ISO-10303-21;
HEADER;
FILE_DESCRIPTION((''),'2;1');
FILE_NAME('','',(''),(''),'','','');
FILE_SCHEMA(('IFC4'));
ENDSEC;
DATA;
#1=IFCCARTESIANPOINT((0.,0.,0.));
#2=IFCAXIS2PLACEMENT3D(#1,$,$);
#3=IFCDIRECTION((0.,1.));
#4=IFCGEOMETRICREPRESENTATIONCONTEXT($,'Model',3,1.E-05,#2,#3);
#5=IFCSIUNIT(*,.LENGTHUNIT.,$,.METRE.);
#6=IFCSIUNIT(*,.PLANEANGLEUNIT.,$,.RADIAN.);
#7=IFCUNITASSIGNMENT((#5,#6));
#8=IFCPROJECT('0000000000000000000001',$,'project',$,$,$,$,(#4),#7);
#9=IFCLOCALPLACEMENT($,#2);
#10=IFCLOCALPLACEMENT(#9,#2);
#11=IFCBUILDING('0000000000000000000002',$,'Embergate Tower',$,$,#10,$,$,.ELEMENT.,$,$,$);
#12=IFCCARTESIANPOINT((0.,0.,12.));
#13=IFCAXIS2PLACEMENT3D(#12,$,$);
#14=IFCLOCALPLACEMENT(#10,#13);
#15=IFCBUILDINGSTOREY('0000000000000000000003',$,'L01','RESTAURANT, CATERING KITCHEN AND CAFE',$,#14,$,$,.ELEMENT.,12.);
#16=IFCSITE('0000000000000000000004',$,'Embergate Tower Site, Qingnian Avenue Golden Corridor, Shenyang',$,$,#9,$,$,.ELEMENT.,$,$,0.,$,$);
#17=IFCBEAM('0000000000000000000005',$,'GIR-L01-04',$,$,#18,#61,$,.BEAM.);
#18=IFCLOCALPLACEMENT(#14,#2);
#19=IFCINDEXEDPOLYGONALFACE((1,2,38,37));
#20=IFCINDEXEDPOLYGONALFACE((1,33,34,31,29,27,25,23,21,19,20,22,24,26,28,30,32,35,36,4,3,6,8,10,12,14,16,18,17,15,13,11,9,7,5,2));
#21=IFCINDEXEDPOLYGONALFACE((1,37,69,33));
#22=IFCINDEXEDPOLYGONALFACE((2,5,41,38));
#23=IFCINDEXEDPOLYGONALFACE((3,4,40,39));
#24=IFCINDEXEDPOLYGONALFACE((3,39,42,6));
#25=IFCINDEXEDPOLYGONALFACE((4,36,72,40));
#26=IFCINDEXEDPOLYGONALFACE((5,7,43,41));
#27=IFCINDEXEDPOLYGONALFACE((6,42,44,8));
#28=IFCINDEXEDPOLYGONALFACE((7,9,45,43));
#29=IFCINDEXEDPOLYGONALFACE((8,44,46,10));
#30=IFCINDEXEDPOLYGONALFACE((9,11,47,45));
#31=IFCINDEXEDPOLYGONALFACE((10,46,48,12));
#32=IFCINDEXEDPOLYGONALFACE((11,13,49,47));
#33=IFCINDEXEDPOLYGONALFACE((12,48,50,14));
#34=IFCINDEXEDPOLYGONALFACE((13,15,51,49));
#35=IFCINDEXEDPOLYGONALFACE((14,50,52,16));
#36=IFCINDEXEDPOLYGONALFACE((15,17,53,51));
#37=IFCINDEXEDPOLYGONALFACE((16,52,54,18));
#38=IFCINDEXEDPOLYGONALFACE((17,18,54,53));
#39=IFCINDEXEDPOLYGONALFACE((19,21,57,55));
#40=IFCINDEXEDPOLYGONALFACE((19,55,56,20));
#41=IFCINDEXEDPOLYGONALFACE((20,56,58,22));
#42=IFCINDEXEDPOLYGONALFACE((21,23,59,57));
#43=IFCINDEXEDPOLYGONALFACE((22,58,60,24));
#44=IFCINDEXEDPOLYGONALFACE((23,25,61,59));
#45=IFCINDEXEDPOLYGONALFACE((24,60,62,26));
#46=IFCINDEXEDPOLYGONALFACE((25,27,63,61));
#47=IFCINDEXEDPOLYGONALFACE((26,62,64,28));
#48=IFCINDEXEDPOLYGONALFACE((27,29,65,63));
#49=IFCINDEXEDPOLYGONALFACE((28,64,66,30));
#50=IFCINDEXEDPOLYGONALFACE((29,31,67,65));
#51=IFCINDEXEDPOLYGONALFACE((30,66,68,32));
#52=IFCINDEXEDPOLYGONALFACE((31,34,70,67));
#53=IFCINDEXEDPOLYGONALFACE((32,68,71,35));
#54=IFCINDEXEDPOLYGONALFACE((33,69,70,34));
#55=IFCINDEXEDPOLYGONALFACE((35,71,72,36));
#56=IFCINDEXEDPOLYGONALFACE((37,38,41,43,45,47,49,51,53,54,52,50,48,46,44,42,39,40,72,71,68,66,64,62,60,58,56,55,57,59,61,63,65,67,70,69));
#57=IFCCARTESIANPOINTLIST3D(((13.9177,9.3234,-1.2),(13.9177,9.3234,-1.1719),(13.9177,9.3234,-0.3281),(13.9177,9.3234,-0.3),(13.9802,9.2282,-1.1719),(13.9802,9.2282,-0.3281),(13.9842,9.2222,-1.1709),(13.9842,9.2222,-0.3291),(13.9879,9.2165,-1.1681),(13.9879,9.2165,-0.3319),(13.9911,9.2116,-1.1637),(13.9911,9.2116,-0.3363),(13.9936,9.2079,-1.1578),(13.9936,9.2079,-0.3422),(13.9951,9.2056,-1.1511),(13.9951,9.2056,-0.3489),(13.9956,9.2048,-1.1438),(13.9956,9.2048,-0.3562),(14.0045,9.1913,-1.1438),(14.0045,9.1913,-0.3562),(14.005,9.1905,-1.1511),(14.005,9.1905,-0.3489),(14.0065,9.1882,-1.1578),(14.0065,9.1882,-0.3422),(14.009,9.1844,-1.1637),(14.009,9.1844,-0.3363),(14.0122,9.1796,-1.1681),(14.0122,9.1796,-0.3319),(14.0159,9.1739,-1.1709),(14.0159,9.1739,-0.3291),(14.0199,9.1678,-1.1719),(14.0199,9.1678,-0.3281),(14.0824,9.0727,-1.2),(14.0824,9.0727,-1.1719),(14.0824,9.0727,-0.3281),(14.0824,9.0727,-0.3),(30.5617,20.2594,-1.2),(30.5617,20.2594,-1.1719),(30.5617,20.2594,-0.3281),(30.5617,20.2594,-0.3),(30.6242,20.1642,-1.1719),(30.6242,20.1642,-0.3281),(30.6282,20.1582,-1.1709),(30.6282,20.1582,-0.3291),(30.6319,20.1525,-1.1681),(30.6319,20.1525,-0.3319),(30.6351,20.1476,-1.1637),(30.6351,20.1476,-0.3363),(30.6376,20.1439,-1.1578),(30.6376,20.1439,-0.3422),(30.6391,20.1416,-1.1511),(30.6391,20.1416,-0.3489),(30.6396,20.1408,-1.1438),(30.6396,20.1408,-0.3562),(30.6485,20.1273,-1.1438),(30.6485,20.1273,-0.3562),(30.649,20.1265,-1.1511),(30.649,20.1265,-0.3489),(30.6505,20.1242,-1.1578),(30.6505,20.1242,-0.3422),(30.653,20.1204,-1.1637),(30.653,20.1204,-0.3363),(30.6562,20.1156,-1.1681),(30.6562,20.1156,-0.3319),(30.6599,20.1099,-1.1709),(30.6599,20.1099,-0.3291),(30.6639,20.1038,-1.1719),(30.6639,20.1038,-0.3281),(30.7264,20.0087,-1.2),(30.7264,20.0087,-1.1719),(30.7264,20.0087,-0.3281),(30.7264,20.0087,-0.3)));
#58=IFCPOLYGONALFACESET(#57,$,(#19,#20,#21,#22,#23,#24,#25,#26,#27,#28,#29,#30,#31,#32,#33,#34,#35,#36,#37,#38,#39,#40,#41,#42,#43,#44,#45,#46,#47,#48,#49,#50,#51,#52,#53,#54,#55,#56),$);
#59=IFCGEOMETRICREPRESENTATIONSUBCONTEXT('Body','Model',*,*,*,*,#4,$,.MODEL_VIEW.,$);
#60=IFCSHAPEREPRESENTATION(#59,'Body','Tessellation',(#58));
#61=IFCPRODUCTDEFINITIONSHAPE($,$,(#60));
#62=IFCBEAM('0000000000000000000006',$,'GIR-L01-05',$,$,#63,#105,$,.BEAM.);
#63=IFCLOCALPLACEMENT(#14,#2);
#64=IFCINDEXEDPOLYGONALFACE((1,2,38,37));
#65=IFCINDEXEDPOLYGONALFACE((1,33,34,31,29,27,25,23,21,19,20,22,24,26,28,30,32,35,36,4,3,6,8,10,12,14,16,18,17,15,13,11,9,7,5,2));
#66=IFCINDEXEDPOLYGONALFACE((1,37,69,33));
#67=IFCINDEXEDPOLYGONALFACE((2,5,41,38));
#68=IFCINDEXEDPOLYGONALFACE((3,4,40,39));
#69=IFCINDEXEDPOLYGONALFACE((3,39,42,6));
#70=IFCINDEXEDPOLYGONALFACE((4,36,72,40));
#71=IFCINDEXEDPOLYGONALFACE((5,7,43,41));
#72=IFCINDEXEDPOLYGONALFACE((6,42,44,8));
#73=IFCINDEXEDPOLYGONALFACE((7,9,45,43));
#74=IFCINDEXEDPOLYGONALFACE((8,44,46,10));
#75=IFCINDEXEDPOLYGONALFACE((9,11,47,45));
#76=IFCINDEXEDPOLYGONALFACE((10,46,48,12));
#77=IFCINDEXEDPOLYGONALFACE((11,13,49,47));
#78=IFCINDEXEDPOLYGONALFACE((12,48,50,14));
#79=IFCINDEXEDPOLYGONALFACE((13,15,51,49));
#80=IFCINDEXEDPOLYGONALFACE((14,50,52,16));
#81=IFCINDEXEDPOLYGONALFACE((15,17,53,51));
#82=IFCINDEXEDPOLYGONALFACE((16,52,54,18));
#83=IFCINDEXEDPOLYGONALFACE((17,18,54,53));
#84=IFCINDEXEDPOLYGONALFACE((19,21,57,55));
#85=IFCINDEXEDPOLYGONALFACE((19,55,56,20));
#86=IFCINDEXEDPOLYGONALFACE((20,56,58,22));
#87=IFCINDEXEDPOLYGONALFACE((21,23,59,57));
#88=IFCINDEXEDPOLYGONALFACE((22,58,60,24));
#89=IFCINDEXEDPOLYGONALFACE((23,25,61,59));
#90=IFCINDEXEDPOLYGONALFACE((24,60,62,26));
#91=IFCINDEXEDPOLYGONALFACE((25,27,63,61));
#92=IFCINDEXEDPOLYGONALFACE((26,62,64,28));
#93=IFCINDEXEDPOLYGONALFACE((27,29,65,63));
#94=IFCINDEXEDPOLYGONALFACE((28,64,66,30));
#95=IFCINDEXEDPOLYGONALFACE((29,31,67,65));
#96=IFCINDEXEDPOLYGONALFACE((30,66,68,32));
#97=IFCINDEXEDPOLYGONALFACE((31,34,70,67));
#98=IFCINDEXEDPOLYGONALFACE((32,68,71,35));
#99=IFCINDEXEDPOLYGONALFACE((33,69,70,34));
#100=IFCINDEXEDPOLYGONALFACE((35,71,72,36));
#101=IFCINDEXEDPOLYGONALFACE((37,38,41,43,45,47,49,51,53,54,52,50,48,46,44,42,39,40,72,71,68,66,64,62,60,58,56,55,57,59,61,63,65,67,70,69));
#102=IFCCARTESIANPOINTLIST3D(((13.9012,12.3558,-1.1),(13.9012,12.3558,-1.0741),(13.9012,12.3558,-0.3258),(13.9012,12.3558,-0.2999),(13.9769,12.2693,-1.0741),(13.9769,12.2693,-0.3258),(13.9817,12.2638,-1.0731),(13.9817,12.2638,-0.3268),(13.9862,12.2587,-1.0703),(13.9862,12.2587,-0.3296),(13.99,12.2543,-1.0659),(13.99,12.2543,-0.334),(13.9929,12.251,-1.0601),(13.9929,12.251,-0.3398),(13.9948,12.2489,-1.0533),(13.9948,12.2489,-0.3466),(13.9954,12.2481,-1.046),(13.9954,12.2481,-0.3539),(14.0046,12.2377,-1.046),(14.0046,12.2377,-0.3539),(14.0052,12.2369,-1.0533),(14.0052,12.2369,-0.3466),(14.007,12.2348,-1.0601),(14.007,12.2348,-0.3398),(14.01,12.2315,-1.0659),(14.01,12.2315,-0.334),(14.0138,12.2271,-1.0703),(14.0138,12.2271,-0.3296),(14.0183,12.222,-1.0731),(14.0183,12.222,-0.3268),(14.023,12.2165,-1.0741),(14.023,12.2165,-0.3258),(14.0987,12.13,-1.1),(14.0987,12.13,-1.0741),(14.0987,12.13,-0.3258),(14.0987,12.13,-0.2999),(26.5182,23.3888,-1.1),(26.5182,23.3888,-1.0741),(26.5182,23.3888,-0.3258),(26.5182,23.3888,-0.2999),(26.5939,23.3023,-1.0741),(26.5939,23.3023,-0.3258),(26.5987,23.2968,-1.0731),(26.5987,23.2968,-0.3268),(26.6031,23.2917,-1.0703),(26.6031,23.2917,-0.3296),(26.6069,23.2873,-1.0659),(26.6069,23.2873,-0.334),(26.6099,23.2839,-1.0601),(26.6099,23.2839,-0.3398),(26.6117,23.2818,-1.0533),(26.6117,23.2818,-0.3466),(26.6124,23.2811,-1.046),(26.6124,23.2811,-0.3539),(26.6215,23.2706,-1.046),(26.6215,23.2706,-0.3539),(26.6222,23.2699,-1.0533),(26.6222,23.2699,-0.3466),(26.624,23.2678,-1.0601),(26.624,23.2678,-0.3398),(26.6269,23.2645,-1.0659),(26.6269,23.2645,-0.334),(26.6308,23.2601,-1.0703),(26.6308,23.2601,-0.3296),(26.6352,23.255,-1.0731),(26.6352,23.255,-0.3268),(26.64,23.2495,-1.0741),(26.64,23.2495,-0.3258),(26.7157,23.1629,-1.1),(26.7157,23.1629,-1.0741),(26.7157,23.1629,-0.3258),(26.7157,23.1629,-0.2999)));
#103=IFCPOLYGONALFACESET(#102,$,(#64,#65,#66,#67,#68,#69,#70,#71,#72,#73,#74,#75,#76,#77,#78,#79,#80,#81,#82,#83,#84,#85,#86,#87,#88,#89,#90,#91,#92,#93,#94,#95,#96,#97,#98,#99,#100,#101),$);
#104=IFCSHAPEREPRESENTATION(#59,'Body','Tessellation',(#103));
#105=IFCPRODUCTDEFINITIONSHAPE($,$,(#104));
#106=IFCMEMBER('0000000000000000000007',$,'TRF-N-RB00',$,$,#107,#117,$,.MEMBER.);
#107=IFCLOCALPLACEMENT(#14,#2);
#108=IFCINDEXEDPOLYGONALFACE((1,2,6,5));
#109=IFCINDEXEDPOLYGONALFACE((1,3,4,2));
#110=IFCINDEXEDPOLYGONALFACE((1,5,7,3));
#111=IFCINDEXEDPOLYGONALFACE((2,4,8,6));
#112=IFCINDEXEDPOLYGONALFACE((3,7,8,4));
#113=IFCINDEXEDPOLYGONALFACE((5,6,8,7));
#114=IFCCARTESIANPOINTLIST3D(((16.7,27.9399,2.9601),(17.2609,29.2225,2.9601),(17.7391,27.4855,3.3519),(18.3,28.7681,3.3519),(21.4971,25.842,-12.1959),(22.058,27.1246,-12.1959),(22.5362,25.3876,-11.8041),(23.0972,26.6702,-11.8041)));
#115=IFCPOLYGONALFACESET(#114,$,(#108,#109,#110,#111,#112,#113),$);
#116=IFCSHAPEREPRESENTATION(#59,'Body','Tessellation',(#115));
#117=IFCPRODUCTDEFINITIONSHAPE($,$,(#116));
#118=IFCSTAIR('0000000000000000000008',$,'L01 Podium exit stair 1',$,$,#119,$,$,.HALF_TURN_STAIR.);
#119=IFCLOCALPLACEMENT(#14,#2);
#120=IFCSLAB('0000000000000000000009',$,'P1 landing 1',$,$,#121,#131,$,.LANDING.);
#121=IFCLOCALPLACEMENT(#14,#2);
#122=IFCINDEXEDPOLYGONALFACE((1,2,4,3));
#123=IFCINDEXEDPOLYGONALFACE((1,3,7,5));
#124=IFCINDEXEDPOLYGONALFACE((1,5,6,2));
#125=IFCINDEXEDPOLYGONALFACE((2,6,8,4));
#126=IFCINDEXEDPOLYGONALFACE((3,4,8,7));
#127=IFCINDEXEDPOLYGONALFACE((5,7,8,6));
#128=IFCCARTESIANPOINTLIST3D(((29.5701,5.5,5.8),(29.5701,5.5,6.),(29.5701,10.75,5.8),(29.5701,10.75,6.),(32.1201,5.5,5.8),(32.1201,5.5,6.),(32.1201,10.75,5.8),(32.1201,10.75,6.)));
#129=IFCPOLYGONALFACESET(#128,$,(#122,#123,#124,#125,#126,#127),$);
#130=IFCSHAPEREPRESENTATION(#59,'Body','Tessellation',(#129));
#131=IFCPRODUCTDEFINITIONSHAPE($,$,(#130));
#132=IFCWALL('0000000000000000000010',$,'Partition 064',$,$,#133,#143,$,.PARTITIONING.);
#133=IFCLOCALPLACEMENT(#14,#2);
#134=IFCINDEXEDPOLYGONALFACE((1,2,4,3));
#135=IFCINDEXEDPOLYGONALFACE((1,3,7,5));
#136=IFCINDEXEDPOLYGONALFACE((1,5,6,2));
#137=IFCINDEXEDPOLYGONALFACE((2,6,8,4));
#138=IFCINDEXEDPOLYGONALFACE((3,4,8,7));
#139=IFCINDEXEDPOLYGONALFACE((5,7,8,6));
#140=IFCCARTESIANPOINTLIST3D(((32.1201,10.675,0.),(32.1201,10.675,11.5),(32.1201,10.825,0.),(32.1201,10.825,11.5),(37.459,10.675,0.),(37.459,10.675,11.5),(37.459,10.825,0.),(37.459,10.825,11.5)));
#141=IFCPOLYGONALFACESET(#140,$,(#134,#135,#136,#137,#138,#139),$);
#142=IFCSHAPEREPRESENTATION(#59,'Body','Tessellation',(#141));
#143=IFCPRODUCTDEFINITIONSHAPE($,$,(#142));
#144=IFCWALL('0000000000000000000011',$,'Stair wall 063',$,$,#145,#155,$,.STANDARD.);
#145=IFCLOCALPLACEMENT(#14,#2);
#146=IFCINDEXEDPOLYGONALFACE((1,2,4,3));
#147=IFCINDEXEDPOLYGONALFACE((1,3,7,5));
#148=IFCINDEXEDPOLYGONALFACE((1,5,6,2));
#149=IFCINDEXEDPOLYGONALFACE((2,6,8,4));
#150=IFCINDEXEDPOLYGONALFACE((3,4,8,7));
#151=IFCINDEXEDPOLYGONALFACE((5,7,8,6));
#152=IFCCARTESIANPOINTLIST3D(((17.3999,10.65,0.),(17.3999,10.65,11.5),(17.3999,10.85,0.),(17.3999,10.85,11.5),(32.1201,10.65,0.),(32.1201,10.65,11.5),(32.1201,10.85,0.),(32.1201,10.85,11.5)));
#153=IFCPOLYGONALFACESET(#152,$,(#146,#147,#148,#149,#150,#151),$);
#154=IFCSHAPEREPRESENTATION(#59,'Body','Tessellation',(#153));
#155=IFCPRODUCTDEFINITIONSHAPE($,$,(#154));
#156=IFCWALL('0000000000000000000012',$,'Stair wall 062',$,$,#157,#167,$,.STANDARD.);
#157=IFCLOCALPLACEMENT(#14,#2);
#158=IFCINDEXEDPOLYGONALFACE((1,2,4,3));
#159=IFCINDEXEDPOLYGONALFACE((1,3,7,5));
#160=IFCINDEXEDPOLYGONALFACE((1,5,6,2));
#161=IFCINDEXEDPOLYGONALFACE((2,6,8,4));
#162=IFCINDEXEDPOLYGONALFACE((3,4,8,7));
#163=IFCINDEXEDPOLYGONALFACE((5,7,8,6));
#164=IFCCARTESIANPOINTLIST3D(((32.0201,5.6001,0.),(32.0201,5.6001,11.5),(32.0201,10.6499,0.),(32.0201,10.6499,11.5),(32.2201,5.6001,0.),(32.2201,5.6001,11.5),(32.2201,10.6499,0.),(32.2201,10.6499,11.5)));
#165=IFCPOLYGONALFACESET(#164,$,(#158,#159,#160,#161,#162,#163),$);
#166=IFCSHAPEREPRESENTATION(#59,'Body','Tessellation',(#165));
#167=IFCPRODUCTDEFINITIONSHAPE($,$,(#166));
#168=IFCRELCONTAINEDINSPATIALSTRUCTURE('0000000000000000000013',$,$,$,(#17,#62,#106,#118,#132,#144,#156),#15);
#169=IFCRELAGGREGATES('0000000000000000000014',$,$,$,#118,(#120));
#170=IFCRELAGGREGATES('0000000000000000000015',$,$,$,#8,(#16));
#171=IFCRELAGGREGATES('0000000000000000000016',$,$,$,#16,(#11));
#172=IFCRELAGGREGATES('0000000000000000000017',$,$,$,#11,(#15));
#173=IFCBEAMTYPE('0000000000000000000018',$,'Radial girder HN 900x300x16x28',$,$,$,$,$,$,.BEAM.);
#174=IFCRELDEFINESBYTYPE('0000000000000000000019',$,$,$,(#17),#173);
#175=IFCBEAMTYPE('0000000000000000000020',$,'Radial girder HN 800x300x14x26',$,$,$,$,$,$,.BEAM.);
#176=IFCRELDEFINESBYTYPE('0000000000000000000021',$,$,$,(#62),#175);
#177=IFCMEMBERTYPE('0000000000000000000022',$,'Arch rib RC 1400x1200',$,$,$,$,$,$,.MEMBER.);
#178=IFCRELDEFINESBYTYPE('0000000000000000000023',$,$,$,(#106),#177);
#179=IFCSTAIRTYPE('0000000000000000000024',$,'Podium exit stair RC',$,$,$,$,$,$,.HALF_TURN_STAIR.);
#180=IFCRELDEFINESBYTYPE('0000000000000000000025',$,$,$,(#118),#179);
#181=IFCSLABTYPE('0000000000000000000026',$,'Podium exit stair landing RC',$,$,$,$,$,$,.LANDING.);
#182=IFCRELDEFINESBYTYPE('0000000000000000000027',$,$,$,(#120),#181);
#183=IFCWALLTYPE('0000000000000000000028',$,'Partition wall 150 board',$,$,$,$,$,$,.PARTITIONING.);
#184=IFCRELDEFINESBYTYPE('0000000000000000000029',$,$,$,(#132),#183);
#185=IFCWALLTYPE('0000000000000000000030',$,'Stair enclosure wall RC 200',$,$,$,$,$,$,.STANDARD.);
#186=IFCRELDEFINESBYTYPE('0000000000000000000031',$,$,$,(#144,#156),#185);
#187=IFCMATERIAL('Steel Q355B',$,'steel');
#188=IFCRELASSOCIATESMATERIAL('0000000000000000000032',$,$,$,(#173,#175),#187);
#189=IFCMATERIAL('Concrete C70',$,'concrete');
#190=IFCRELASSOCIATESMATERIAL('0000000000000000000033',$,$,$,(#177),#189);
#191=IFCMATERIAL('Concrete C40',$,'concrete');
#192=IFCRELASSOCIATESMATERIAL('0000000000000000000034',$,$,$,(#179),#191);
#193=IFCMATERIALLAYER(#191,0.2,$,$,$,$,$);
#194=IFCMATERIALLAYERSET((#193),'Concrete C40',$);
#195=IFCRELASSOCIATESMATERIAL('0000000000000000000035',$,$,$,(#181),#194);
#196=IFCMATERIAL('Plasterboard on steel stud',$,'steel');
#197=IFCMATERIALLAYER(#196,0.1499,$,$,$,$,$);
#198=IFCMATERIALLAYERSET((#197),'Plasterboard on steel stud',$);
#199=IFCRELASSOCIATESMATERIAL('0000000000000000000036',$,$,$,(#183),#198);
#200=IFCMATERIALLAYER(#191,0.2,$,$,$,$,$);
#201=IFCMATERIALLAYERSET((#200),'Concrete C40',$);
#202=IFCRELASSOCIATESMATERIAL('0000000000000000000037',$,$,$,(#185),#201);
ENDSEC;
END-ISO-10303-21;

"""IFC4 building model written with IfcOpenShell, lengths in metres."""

from ifc_helpers import new_model, si_unit, direction, frame, frame_2d, origin, origin_2d, place, context, subcontext, project, spatial, polyline, rectangle, i_section, outline, extrude, source, transform, mapped, material, layer, layer_set, material_profile, profile_set, type_object, element, aggregate, save


model = new_model("IFC4")

# Units and contexts
model_context = context("Model", 3, precision=1e-05, world=origin(), true_north=direction((0.0, 1.0)))
body_context = subcontext(model_context, "Body", "Model", "MODEL_VIEW")
ifc_project = project(units=[si_unit("LENGTHUNIT", "METRE"), si_unit("PLANEANGLEUNIT", "RADIAN")], contexts=[model_context])

# Site, building, storey
site_placement = place(None, origin())
site = spatial("IfcSite", under=ifc_project, at=site_placement, Name="Embergate Tower Site, Qingnian Avenue Golden Corridor, Shenyang", CompositionType="ELEMENT", RefElevation=0.0)
building_placement = place(site_placement, origin())
building = spatial("IfcBuilding", under=site, at=building_placement, Name="Embergate Tower", CompositionType="ELEMENT")
storey_placement = place(building_placement, frame((0.0, 0.0, 12.0)))
storey = spatial("IfcBuildingStorey", under=building, at=storey_placement, Name="L01", Description="RESTAURANT, CATERING KITCHEN AND CAFE", CompositionType="ELEMENT", Elevation=12.0)

# Shared definitions
ifc_material_1 = material(Name="Concrete C70", Category="concrete")

# Beams
ifc_material_2 = material(Name="Steel Q355B", Category="steel")
ifc_material_profile_1 = material_profile(ifc_material_2, i_section(OverallWidth=0.3, OverallDepth=0.8999, WebThickness=0.0161, FlangeThickness=0.0281, FilletRadius=0.0281, at=origin_2d()), Name="HN 900x300x16x28")
ifc_profile_set_1 = profile_set([ifc_material_profile_1], Name="Steel Q355 grade B")
beam_type_1 = type_object("IfcBeamType", Name="Radial girder HN 900x300x16x28", PredefinedType="BEAM", material=ifc_profile_set_1)
shared_shape_1 = source(origin(), body_context, "Body", "SweptSolid", [
    extrude(i_section(OverallWidth=0.3, OverallDepth=0.8999, WebThickness=0.0161, FlangeThickness=0.0281, FilletRadius=0.0281, at=origin_2d()), origin(), (0.0, 0.0, 1.0), 19.9153),
])
beam_1_placement = place(storey_placement, frame((30.644, 20.134, -0.75), z_axis=(-0.83574, -0.549126, 0.0), x_axis=(0.549126, -0.83574, 0.0)))
element("IfcBeam", 1, at=beam_1_placement, inside=storey, type_object=beam_type_1, Name="GIR-L01-04", PredefinedType="BEAM", context=body_context, shape_type="MappedRepresentation", body=[
    mapped(shared_shape_1, transform((0.0, 0.0, 0.0))),
])
ifc_material_profile_2 = material_profile(ifc_material_2, i_section(OverallWidth=0.3, OverallDepth=0.8, WebThickness=0.0139, FlangeThickness=0.0259, FilletRadius=0.0281, at=origin_2d()), Name="HN 800x300x14x26")
ifc_profile_set_2 = profile_set([ifc_material_profile_2], Name="Steel Q355 grade B")
beam_type_2 = type_object("IfcBeamType", Name="Radial girder HN 800x300x14x26", PredefinedType="BEAM", material=ifc_profile_set_2)
shared_shape_2 = source(origin(), body_context, "Body", "SweptSolid", [
    extrude(i_section(OverallWidth=0.3, OverallDepth=0.8, WebThickness=0.0139, FlangeThickness=0.0259, FilletRadius=0.0281, at=origin_2d()), origin(), (0.0, 0.0, 1.0), 16.7605),
])
beam_2_placement = place(storey_placement, frame((26.6169, 23.2759, -0.7), z_axis=(-0.75278, -0.658273, 0.0), x_axis=(0.658273, -0.75278, 0.0)))
element("IfcBeam", 2, at=beam_2_placement, inside=storey, type_object=beam_type_2, Name="GIR-L01-05", PredefinedType="BEAM", context=body_context, shape_type="MappedRepresentation", body=[
    mapped(shared_shape_2, transform((0.0, 0.0, 0.0))),
])

# Member
ifc_material_profile_3 = material_profile(ifc_material_1, rectangle(XDim=1.3999, YDim=1.2, at=origin_2d()), Name="RC 1400x1200")
ifc_profile_set_3 = profile_set([ifc_material_profile_3], Name="Concrete C70")
member_type = type_object("IfcMemberType", Name="Arch rib RC 1400x1200", PredefinedType="MEMBER", material=ifc_profile_set_3)
shared_shape_3 = source(origin(), body_context, "Body", "SweptSolid", [
    extrude(rectangle(XDim=1.3999, YDim=1.2, at=origin_2d()), origin(), (0.0, 0.0, 1.0), 16.0349),
])
member_placement = place(storey_placement, frame((22.2971, 26.2561, -12.0), z_axis=(-0.299167, 0.130833, 0.945189), x_axis=(-0.400684, -0.916216, 0.0)))
element("IfcMember", 3, at=member_placement, inside=storey, type_object=member_type, Name="TRF-N-RB00", PredefinedType="MEMBER", context=body_context, shape_type="MappedRepresentation", body=[
    mapped(shared_shape_3, transform((0.0, 0.0, 0.0))),
])

# Stair, slab
ifc_material_3 = material(Name="Concrete C40", Category="concrete")
stair_type = type_object("IfcStairType", Name="Podium exit stair RC", PredefinedType="HALF_TURN_STAIR", material=ifc_material_3)
stair_placement = place(storey_placement, origin())
stair = element("IfcStair", 4, at=stair_placement, inside=storey, type_object=stair_type, Name="L01 Podium exit stair 1", PredefinedType="HALF_TURN_STAIR")
ifc_layer_1 = layer(ifc_material_3, 0.2)
ifc_layer_set_1 = layer_set([ifc_layer_1], Name="Concrete C40")
slab_type = type_object("IfcSlabType", Name="Podium exit stair landing RC", PredefinedType="LANDING", material=ifc_layer_set_1)
shared_shape_4 = source(origin(), body_context, "Body", "SweptSolid", [
    extrude(outline(polyline([(0.0, 0.0), (2.55, 0.0), (2.55, 5.25), (0.0, 5.25), (0.0, 0.0)])), origin(), (0.0, 0.0, 1.0), 0.2),
])
slab_placement = place(storey_placement, frame((29.5701, 5.5, 5.8)))
slab = element("IfcSlab", 5, at=slab_placement, type_object=slab_type, Name="P1 landing 1", PredefinedType="LANDING", context=body_context, shape_type="MappedRepresentation", body=[
    mapped(shared_shape_4, transform((0.0, 0.0, 0.0))),
])

# Walls
ifc_material_4 = material(Name="Plasterboard on steel stud", Category="steel")
ifc_layer_2 = layer(ifc_material_4, 0.1499)
ifc_layer_set_2 = layer_set([ifc_layer_2], Name="Plasterboard on steel stud")
wall_type_1 = type_object("IfcWallType", Name="Partition wall 150 board", PredefinedType="PARTITIONING", material=ifc_layer_set_2)
shared_shape_5 = source(origin(), body_context, "Body", "SweptSolid", [
    extrude(rectangle(XDim=5.3389, YDim=0.1499, at=frame_2d((2.6694, 0.0))), origin(), (0.0, 0.0, 1.0), 11.5),
])
wall_1_placement = place(storey_placement, frame((32.1201, 10.75, 0.0), z_axis=(0.0, 0.0, 1.0), x_axis=(1.0, 0.0, 0.0)))
element("IfcWall", 6, at=wall_1_placement, inside=storey, type_object=wall_type_1, Name="Partition 064", PredefinedType="PARTITIONING", context=body_context, shape_type="MappedRepresentation", body=[
    mapped(shared_shape_5, transform((0.0, 0.0, 0.0))),
])
ifc_layer_3 = layer(ifc_material_3, 0.2)
ifc_layer_set_3 = layer_set([ifc_layer_3], Name="Concrete C40")
wall_type_2 = type_object("IfcWallType", Name="Stair enclosure wall RC 200", PredefinedType="STANDARD", material=ifc_layer_set_3)
shared_shape_6 = source(origin(), body_context, "Body", "SweptSolid", [
    extrude(rectangle(XDim=14.7202, YDim=0.2, at=frame_2d((7.3601, 0.0))), origin(), (0.0, 0.0, 1.0), 11.5),
])
wall_2_placement = place(storey_placement, frame((32.1201, 10.75, 0.0), z_axis=(0.0, 0.0, 1.0), x_axis=(-1.0, 0.0, 0.0)))
element("IfcWall", 7, at=wall_2_placement, inside=storey, type_object=wall_type_2, Name="Stair wall 063", PredefinedType="STANDARD", context=body_context, shape_type="MappedRepresentation", body=[
    mapped(shared_shape_6, transform((0.0, 0.0, 0.0))),
])
shared_shape_7 = source(origin(), body_context, "Body", "SweptSolid", [
    extrude(rectangle(XDim=5.0498, YDim=0.2, at=frame_2d((2.5249, 0.0))), origin(), (0.0, 0.0, 1.0), 11.5),
])
wall_3_placement = place(storey_placement, frame((32.1201, 5.6001, 0.0), z_axis=(0.0, 0.0, 1.0), x_axis=(0.0, 1.0, 0.0)))
element("IfcWall", 8, at=wall_3_placement, inside=storey, type_object=wall_type_2, Name="Stair wall 062", PredefinedType="STANDARD", context=body_context, shape_type="MappedRepresentation", body=[
    mapped(shared_shape_7, transform((0.0, 0.0, 0.0))),
])

aggregate(stair, [slab])

save(model, "model.ifc")
